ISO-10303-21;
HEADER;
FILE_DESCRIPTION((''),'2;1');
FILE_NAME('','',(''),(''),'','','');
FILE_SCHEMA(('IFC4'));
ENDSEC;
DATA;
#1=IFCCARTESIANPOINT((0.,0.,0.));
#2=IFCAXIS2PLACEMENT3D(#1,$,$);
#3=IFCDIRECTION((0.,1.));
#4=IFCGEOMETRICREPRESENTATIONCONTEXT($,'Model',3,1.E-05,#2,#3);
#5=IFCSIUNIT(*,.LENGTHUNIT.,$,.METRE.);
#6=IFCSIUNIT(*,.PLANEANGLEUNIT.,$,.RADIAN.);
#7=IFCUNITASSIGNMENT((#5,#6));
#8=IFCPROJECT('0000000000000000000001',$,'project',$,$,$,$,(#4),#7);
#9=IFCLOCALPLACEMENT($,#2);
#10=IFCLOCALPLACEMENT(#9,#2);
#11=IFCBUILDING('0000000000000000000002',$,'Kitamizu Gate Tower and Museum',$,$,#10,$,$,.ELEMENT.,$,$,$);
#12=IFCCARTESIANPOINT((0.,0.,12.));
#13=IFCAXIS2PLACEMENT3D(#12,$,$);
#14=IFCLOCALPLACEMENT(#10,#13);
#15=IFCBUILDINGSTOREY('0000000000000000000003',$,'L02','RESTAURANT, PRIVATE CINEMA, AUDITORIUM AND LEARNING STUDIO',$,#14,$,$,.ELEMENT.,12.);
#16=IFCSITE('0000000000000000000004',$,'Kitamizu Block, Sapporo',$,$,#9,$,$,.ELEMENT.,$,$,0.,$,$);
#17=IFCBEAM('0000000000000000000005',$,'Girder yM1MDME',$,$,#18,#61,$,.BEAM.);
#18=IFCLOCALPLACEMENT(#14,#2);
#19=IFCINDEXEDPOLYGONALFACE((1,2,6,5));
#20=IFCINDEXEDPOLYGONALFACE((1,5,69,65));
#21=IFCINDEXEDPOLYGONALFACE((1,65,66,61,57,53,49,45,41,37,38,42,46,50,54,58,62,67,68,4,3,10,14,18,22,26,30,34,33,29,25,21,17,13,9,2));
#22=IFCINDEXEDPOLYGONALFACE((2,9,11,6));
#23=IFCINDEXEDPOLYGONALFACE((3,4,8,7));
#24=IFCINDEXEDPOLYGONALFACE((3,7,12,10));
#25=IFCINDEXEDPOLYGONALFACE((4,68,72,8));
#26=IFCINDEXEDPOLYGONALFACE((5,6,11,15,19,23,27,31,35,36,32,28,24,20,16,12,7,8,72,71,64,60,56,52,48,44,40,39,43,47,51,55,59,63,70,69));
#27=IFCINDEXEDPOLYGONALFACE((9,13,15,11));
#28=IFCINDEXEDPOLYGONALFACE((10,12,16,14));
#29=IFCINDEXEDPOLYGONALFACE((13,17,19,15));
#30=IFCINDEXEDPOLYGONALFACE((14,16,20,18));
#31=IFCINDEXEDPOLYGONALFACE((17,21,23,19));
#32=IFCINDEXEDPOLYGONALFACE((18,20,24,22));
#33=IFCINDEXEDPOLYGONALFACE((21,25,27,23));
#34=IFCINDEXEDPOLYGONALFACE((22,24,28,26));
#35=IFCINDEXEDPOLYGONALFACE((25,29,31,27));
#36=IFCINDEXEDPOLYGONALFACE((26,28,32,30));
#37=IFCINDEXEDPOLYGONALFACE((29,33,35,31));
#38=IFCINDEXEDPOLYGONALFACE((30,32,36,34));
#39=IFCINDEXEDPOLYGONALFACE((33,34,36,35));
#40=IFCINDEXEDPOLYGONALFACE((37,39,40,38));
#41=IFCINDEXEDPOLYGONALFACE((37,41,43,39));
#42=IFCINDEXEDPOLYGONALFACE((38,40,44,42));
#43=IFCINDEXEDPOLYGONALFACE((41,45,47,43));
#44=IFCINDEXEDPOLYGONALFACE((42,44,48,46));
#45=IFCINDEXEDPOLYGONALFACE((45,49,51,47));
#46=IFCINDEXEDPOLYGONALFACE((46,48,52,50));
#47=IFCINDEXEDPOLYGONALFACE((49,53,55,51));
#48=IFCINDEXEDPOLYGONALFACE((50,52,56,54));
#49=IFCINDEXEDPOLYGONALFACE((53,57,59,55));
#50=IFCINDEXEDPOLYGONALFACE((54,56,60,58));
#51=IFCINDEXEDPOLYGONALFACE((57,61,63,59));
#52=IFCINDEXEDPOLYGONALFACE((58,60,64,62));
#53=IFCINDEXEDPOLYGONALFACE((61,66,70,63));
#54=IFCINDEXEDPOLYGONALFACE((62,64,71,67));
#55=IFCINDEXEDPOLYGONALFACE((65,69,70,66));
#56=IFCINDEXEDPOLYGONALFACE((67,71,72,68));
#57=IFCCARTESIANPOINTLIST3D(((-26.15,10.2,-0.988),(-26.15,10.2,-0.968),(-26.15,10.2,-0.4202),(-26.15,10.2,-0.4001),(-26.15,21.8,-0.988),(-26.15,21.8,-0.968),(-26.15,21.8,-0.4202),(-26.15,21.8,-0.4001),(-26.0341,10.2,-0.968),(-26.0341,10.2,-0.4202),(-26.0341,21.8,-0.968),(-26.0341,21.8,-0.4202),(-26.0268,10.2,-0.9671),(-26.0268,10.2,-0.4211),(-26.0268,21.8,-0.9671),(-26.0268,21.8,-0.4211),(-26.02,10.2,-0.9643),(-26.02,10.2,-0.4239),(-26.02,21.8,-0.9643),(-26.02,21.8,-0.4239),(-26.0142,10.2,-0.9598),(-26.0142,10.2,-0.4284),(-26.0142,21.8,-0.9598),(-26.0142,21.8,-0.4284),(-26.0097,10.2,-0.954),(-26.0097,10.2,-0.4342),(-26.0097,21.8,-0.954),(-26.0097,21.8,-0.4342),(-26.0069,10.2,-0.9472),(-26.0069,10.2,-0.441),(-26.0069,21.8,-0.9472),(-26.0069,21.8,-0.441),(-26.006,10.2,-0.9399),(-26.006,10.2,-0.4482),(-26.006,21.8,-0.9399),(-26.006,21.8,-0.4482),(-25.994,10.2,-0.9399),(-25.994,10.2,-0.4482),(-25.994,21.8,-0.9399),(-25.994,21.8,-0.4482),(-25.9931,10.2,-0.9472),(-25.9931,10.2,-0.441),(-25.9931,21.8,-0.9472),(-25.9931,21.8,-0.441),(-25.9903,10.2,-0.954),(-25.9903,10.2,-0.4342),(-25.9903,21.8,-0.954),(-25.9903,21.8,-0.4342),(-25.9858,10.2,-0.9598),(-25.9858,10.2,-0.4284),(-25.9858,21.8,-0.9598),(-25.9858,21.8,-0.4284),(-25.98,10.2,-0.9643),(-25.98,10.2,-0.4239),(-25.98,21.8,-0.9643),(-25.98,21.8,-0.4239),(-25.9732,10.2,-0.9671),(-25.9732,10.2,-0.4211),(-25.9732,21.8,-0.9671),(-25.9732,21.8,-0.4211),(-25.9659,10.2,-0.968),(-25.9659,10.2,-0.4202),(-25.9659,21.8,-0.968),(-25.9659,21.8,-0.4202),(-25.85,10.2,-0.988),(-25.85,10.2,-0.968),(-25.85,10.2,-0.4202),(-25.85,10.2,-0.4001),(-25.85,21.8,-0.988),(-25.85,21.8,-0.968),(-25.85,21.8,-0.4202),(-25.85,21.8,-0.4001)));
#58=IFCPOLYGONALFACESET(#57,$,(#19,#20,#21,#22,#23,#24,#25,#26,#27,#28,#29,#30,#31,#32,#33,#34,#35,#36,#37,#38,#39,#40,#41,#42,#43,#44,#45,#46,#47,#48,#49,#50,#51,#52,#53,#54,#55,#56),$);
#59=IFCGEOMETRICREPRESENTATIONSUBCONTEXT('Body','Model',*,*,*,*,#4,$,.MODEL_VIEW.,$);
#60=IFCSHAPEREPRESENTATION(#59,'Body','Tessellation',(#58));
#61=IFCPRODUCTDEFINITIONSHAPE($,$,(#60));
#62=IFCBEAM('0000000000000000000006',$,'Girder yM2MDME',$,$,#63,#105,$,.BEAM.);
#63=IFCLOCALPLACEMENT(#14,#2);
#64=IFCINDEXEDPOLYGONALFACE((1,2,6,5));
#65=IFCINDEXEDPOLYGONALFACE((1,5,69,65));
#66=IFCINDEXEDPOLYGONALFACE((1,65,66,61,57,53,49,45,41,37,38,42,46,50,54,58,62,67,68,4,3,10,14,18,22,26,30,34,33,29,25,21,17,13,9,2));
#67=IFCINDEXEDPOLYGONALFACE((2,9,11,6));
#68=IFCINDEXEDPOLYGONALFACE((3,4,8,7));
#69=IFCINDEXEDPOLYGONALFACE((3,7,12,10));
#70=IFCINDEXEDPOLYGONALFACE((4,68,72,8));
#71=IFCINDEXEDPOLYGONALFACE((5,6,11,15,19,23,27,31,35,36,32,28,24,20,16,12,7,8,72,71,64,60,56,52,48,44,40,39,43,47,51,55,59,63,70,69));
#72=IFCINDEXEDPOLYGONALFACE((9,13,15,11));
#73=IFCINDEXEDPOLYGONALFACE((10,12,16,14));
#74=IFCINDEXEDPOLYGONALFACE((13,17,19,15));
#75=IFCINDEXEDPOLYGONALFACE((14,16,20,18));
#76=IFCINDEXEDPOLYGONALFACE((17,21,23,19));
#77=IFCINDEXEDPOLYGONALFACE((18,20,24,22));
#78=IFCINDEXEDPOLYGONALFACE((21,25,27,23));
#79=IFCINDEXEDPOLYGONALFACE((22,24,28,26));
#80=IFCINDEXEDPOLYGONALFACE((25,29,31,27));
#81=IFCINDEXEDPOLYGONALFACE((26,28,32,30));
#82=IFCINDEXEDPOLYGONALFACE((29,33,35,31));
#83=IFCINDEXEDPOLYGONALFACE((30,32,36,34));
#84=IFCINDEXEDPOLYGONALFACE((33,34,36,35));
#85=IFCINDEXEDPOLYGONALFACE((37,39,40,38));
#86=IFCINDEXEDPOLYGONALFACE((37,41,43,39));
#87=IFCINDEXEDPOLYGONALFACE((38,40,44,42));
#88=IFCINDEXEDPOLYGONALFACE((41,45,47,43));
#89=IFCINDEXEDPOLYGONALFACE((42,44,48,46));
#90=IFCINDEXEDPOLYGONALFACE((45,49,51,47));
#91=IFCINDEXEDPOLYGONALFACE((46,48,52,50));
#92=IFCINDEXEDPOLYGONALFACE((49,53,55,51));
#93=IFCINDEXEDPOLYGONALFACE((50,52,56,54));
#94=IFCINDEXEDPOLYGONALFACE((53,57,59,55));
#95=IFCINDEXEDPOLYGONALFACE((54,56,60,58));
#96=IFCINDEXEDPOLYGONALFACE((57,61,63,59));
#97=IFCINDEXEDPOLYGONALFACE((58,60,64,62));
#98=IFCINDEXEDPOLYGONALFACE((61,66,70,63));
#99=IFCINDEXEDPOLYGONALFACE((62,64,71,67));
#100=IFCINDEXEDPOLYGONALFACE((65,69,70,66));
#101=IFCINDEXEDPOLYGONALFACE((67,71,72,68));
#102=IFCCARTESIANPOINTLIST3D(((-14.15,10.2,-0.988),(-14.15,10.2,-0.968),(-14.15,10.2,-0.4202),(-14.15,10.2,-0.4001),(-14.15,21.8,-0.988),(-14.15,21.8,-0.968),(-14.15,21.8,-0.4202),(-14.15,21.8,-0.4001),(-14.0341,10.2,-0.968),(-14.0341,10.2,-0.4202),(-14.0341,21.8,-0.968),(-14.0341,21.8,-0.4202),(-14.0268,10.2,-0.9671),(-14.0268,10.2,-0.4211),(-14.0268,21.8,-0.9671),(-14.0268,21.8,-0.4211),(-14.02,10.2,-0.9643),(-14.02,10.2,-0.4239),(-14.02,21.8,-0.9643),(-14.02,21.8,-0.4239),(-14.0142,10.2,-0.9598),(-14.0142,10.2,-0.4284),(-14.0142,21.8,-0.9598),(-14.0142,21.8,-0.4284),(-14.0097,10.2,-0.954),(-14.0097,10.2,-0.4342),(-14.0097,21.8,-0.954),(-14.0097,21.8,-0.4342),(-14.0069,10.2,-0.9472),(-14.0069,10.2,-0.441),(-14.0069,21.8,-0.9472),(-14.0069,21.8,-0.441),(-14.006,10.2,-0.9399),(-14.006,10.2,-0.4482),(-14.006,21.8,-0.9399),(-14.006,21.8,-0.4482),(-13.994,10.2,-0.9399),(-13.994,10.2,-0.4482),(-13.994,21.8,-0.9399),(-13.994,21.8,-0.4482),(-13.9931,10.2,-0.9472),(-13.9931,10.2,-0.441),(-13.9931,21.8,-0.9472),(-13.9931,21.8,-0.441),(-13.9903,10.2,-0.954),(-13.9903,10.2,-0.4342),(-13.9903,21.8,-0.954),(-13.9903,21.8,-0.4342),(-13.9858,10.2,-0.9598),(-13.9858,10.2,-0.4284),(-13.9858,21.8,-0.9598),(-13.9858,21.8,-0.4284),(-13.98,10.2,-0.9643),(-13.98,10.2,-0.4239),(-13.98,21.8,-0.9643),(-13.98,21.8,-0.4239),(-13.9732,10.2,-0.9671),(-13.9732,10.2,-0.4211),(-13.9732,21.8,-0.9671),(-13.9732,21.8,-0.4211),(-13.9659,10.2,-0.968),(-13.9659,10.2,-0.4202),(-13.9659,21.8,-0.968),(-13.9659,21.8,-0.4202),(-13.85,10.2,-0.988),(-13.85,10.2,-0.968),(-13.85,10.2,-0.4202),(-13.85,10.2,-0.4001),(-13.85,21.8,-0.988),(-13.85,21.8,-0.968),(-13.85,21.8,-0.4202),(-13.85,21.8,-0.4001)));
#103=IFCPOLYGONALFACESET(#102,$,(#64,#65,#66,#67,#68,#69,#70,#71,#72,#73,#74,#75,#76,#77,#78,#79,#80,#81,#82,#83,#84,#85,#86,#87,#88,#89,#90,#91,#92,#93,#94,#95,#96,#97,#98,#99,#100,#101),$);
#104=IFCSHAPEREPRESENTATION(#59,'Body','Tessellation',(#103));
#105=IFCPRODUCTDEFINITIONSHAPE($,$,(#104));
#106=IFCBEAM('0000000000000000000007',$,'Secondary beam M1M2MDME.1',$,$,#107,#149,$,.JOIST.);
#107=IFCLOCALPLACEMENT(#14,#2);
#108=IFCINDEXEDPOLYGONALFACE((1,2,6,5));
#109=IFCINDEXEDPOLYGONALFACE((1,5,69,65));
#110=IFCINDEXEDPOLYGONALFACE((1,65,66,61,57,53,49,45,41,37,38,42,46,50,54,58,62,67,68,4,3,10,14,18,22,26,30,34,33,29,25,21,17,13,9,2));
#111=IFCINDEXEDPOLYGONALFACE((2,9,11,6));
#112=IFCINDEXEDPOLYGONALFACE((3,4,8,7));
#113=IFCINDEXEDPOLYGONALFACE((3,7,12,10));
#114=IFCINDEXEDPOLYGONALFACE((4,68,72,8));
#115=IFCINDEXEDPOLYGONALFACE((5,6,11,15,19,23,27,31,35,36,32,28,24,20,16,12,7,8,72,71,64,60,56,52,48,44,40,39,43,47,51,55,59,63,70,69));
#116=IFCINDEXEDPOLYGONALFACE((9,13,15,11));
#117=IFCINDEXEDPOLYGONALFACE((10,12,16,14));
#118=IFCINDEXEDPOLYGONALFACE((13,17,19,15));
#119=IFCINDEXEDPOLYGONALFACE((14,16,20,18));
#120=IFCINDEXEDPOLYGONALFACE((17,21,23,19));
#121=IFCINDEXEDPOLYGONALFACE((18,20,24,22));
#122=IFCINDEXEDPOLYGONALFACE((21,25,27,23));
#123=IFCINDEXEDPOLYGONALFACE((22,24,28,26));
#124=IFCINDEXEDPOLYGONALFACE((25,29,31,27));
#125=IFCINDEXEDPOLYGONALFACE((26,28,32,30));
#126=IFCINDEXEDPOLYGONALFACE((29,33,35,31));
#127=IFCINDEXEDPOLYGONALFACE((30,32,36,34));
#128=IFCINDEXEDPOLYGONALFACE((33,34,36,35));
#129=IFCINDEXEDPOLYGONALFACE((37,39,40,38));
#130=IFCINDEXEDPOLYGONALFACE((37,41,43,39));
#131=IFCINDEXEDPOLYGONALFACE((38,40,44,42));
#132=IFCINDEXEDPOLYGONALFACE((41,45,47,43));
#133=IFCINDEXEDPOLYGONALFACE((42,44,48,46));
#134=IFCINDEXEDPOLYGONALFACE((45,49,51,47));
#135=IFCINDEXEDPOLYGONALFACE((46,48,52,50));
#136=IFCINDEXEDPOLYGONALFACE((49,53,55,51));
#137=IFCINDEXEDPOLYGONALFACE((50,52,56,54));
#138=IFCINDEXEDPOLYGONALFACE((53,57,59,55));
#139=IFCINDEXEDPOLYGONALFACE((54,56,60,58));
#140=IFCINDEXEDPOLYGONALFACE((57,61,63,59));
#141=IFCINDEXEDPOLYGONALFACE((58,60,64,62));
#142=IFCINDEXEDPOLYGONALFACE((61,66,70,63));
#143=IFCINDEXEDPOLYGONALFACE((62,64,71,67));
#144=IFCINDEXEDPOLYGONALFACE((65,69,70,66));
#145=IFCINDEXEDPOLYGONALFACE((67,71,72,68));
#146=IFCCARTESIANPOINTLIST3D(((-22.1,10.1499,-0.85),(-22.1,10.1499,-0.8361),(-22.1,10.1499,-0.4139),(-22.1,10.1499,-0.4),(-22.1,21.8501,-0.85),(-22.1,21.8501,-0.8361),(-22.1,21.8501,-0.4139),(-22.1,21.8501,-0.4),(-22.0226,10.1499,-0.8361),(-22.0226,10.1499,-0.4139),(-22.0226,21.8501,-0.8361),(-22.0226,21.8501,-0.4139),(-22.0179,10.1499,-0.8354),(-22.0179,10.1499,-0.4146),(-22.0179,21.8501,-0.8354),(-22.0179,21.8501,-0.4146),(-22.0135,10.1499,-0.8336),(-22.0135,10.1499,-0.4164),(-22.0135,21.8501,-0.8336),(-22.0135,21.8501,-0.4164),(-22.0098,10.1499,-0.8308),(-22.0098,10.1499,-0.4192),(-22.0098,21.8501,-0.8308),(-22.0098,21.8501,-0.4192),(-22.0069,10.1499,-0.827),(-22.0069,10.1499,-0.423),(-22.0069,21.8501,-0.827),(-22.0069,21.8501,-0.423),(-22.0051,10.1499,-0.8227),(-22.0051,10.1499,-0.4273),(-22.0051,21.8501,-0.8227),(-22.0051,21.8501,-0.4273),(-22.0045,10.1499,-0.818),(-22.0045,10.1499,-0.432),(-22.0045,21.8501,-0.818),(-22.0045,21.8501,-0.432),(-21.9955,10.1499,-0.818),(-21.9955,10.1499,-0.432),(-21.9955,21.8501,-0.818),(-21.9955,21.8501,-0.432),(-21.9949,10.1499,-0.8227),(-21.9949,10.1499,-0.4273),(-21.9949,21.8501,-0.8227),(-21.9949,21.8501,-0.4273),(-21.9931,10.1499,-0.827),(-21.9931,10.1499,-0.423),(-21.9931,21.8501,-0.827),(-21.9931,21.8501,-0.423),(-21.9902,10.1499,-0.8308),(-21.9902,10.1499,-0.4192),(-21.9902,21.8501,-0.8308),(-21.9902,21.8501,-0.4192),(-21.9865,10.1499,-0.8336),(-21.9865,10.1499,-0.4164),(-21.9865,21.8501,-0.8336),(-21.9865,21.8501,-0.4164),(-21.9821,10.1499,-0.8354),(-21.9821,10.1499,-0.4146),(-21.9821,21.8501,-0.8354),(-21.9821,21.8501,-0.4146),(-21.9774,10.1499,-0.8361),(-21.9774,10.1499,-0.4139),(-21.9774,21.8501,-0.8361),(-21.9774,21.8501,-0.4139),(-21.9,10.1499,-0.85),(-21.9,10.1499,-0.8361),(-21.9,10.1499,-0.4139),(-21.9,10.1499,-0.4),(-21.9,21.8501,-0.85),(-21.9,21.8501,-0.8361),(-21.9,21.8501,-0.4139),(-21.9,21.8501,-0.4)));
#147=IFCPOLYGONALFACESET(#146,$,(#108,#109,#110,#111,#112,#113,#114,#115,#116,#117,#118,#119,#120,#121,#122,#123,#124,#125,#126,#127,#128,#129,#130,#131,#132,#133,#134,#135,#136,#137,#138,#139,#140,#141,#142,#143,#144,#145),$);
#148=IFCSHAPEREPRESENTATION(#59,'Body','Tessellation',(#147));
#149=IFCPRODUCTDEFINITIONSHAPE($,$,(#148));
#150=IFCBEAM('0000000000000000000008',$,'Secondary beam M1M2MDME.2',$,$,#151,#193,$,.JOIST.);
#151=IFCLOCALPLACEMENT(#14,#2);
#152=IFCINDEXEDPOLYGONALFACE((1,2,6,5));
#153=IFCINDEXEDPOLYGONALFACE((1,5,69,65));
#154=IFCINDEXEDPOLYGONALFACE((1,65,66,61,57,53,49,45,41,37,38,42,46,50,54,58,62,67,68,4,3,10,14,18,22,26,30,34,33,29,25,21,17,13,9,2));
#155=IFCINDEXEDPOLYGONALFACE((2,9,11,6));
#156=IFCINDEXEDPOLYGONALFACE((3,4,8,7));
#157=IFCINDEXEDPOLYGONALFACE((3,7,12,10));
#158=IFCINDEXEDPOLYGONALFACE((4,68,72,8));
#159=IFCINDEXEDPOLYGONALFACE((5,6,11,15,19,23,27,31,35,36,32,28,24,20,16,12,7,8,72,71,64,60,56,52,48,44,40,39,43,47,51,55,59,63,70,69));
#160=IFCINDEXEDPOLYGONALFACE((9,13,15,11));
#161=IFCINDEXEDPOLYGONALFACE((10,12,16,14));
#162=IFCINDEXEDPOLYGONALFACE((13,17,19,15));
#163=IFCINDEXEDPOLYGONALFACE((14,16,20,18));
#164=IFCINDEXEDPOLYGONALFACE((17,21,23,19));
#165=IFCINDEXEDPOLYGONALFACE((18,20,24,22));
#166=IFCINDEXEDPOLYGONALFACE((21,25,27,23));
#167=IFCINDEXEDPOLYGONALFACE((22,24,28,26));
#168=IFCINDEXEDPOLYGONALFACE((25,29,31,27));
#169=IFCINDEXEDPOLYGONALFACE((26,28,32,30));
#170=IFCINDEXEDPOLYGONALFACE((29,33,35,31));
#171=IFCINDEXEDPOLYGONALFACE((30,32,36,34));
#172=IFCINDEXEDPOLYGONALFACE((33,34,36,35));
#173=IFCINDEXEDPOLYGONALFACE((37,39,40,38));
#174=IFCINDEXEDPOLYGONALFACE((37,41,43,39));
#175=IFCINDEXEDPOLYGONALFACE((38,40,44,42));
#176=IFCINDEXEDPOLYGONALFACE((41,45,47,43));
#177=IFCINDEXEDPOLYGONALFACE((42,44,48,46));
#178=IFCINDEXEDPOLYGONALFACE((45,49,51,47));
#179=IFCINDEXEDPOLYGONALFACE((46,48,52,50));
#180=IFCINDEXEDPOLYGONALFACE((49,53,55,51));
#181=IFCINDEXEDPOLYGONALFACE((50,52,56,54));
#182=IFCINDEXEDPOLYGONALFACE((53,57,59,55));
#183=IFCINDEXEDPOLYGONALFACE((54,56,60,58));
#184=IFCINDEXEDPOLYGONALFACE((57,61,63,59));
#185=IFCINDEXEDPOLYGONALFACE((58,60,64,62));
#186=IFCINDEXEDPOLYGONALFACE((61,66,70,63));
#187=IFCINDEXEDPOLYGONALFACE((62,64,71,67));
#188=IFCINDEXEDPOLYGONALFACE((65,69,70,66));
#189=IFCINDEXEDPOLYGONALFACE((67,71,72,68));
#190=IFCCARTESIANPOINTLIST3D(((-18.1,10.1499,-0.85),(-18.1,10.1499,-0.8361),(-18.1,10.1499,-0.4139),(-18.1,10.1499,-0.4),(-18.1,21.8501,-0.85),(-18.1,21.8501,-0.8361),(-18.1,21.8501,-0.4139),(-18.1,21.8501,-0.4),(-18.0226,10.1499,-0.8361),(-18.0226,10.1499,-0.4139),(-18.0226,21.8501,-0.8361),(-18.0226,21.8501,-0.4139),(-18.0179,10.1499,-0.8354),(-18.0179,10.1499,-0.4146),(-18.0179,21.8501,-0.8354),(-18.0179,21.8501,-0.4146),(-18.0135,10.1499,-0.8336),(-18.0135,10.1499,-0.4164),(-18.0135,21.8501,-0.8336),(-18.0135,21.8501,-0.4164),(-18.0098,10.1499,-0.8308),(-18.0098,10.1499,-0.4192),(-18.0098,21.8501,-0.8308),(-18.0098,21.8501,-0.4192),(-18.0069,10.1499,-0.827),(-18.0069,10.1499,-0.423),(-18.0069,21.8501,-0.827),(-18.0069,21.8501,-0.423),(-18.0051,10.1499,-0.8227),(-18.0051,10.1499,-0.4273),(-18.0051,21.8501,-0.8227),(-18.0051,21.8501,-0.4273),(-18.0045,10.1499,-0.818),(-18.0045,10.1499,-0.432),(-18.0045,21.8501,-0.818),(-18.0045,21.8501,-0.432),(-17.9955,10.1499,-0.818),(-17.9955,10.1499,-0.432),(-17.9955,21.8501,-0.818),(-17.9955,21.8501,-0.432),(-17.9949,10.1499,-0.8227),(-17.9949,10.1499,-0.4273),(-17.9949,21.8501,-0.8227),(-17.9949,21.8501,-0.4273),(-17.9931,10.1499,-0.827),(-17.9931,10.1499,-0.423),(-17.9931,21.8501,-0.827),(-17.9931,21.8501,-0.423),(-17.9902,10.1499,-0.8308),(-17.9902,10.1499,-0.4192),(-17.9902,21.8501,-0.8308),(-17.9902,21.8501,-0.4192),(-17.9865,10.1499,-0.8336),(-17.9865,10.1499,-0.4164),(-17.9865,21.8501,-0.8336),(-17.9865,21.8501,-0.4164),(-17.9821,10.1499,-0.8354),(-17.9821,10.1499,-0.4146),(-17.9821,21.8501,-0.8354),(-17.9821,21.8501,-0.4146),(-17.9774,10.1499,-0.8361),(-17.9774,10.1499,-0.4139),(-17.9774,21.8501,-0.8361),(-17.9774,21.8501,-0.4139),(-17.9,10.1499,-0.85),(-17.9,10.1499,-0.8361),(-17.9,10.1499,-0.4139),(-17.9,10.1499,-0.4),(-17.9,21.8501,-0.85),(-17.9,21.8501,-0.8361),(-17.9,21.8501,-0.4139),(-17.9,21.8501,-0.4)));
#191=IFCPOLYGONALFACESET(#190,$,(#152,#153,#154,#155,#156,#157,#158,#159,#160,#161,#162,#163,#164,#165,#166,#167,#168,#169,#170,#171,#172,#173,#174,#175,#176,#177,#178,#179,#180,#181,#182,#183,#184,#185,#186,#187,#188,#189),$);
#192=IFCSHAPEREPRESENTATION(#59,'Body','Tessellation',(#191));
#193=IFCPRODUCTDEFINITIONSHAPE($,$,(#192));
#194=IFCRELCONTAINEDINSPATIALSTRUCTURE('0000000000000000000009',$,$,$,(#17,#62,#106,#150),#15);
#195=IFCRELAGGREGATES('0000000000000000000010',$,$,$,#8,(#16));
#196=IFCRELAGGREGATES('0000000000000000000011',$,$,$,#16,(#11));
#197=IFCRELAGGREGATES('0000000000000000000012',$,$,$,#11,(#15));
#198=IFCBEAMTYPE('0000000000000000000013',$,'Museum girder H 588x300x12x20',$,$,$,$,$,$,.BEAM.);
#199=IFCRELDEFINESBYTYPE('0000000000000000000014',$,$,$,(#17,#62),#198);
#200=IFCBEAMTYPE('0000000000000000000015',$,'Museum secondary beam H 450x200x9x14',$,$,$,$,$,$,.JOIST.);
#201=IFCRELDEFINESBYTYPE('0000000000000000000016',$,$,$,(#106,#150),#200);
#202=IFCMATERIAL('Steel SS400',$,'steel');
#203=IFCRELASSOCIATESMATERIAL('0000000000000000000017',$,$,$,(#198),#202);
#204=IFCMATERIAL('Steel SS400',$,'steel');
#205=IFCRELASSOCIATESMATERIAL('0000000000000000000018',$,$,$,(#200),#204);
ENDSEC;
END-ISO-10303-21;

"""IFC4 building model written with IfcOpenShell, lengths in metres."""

from ifc_helpers import new_model, si_unit, direction, frame, origin, origin_2d, place, context, subcontext, project, spatial, i_section, extrude, material, material_profile, profile_set, type_object, element, save


model = new_model("IFC4")

# Units and contexts
model_context = context("Model", 3, precision=1e-05, world=origin(), true_north=direction((0.0, 1.0)))
body_context = subcontext(model_context, "Body", "Model", "MODEL_VIEW")
ifc_project = project(units=[si_unit("LENGTHUNIT", "METRE"), si_unit("PLANEANGLEUNIT", "RADIAN")], contexts=[model_context])

# Site, building, storey
site_placement = place(None, origin())
site = spatial("IfcSite", under=ifc_project, at=site_placement, Name="Kitamizu Block, Sapporo", CompositionType="ELEMENT", RefElevation=0.0)
building_placement = place(site_placement, origin())
building = spatial("IfcBuilding", under=site, at=building_placement, Name="Kitamizu Gate Tower and Museum", CompositionType="ELEMENT")
storey_placement = place(building_placement, frame((0.0, 0.0, 12.0)))
storey = spatial("IfcBuildingStorey", under=building, at=storey_placement, Name="L02", Description="RESTAURANT, PRIVATE CINEMA, AUDITORIUM AND LEARNING STUDIO", CompositionType="ELEMENT", Elevation=12.0)

# Beams
ifc_material_1 = material(Name="Steel SS400", Category="steel")
ifc_material_profile_1 = material_profile(ifc_material_1, i_section(OverallWidth=0.3, OverallDepth=0.5879, WebThickness=0.012, FlangeThickness=0.02, FilletRadius=0.0281, at=origin_2d()), Name="H-588x300x12x20")
ifc_profile_set_1 = profile_set([ifc_material_profile_1], Name="Steel SS400")
beam_type_1 = type_object("IfcBeamType", Name="Museum girder H 588x300x12x20", PredefinedType="BEAM", material=ifc_profile_set_1)
for number, where, z_axis, x_axis, name in (
    (1, (-26.0, 10.2, -0.6941), (0.0, 1.0, 0.0), (-1.0, 0.0, 0.0), "Girder yM1MDME"),
    (2, (-14.0, 10.2, -0.6941), (0.0, 1.0, 0.0), (-1.0, 0.0, 0.0), "Girder yM2MDME"),
):
    element("IfcBeam", number, at=place(storey_placement, frame(where, z_axis=z_axis, x_axis=x_axis)), inside=storey, type_object=beam_type_1, Name=name, PredefinedType="BEAM", context=body_context, shape_type="SweptSolid", body=[
        extrude(i_section(OverallWidth=0.3, OverallDepth=0.5879, WebThickness=0.012, FlangeThickness=0.02, FilletRadius=0.0281, at=origin_2d()), origin(), (0.0, 0.0, 1.0), 11.6001),
    ])
ifc_material_2 = material(Name="Steel SS400", Category="steel")
ifc_material_profile_2 = material_profile(ifc_material_2, i_section(OverallWidth=0.2, OverallDepth=0.45, WebThickness=0.009, FlangeThickness=0.0139, FilletRadius=0.0181, at=origin_2d()), Name="H-450x200x9x14")
ifc_profile_set_2 = profile_set([ifc_material_profile_2], Name="Steel SS400")
beam_type_2 = type_object("IfcBeamType", Name="Museum secondary beam H 450x200x9x14", PredefinedType="JOIST", material=ifc_profile_set_2)
for number, where, z_axis, x_axis, name in (
    (3, (-22.0, 10.1499, -0.625), (0.0, 1.0, 0.0), (-1.0, 0.0, 0.0), "Secondary beam M1M2MDME.1"),
    (4, (-18.0, 10.1499, -0.625), (0.0, 1.0, 0.0), (-1.0, 0.0, 0.0), "Secondary beam M1M2MDME.2"),
):
    element("IfcBeam", number, at=place(storey_placement, frame(where, z_axis=z_axis, x_axis=x_axis)), inside=storey, type_object=beam_type_2, Name=name, PredefinedType="JOIST", context=body_context, shape_type="SweptSolid", body=[
        extrude(i_section(OverallWidth=0.2, OverallDepth=0.45, WebThickness=0.009, FlangeThickness=0.0139, FilletRadius=0.0181, at=origin_2d()), origin(), (0.0, 0.0, 1.0), 11.7002),
    ])

save(model, "model.ifc")
